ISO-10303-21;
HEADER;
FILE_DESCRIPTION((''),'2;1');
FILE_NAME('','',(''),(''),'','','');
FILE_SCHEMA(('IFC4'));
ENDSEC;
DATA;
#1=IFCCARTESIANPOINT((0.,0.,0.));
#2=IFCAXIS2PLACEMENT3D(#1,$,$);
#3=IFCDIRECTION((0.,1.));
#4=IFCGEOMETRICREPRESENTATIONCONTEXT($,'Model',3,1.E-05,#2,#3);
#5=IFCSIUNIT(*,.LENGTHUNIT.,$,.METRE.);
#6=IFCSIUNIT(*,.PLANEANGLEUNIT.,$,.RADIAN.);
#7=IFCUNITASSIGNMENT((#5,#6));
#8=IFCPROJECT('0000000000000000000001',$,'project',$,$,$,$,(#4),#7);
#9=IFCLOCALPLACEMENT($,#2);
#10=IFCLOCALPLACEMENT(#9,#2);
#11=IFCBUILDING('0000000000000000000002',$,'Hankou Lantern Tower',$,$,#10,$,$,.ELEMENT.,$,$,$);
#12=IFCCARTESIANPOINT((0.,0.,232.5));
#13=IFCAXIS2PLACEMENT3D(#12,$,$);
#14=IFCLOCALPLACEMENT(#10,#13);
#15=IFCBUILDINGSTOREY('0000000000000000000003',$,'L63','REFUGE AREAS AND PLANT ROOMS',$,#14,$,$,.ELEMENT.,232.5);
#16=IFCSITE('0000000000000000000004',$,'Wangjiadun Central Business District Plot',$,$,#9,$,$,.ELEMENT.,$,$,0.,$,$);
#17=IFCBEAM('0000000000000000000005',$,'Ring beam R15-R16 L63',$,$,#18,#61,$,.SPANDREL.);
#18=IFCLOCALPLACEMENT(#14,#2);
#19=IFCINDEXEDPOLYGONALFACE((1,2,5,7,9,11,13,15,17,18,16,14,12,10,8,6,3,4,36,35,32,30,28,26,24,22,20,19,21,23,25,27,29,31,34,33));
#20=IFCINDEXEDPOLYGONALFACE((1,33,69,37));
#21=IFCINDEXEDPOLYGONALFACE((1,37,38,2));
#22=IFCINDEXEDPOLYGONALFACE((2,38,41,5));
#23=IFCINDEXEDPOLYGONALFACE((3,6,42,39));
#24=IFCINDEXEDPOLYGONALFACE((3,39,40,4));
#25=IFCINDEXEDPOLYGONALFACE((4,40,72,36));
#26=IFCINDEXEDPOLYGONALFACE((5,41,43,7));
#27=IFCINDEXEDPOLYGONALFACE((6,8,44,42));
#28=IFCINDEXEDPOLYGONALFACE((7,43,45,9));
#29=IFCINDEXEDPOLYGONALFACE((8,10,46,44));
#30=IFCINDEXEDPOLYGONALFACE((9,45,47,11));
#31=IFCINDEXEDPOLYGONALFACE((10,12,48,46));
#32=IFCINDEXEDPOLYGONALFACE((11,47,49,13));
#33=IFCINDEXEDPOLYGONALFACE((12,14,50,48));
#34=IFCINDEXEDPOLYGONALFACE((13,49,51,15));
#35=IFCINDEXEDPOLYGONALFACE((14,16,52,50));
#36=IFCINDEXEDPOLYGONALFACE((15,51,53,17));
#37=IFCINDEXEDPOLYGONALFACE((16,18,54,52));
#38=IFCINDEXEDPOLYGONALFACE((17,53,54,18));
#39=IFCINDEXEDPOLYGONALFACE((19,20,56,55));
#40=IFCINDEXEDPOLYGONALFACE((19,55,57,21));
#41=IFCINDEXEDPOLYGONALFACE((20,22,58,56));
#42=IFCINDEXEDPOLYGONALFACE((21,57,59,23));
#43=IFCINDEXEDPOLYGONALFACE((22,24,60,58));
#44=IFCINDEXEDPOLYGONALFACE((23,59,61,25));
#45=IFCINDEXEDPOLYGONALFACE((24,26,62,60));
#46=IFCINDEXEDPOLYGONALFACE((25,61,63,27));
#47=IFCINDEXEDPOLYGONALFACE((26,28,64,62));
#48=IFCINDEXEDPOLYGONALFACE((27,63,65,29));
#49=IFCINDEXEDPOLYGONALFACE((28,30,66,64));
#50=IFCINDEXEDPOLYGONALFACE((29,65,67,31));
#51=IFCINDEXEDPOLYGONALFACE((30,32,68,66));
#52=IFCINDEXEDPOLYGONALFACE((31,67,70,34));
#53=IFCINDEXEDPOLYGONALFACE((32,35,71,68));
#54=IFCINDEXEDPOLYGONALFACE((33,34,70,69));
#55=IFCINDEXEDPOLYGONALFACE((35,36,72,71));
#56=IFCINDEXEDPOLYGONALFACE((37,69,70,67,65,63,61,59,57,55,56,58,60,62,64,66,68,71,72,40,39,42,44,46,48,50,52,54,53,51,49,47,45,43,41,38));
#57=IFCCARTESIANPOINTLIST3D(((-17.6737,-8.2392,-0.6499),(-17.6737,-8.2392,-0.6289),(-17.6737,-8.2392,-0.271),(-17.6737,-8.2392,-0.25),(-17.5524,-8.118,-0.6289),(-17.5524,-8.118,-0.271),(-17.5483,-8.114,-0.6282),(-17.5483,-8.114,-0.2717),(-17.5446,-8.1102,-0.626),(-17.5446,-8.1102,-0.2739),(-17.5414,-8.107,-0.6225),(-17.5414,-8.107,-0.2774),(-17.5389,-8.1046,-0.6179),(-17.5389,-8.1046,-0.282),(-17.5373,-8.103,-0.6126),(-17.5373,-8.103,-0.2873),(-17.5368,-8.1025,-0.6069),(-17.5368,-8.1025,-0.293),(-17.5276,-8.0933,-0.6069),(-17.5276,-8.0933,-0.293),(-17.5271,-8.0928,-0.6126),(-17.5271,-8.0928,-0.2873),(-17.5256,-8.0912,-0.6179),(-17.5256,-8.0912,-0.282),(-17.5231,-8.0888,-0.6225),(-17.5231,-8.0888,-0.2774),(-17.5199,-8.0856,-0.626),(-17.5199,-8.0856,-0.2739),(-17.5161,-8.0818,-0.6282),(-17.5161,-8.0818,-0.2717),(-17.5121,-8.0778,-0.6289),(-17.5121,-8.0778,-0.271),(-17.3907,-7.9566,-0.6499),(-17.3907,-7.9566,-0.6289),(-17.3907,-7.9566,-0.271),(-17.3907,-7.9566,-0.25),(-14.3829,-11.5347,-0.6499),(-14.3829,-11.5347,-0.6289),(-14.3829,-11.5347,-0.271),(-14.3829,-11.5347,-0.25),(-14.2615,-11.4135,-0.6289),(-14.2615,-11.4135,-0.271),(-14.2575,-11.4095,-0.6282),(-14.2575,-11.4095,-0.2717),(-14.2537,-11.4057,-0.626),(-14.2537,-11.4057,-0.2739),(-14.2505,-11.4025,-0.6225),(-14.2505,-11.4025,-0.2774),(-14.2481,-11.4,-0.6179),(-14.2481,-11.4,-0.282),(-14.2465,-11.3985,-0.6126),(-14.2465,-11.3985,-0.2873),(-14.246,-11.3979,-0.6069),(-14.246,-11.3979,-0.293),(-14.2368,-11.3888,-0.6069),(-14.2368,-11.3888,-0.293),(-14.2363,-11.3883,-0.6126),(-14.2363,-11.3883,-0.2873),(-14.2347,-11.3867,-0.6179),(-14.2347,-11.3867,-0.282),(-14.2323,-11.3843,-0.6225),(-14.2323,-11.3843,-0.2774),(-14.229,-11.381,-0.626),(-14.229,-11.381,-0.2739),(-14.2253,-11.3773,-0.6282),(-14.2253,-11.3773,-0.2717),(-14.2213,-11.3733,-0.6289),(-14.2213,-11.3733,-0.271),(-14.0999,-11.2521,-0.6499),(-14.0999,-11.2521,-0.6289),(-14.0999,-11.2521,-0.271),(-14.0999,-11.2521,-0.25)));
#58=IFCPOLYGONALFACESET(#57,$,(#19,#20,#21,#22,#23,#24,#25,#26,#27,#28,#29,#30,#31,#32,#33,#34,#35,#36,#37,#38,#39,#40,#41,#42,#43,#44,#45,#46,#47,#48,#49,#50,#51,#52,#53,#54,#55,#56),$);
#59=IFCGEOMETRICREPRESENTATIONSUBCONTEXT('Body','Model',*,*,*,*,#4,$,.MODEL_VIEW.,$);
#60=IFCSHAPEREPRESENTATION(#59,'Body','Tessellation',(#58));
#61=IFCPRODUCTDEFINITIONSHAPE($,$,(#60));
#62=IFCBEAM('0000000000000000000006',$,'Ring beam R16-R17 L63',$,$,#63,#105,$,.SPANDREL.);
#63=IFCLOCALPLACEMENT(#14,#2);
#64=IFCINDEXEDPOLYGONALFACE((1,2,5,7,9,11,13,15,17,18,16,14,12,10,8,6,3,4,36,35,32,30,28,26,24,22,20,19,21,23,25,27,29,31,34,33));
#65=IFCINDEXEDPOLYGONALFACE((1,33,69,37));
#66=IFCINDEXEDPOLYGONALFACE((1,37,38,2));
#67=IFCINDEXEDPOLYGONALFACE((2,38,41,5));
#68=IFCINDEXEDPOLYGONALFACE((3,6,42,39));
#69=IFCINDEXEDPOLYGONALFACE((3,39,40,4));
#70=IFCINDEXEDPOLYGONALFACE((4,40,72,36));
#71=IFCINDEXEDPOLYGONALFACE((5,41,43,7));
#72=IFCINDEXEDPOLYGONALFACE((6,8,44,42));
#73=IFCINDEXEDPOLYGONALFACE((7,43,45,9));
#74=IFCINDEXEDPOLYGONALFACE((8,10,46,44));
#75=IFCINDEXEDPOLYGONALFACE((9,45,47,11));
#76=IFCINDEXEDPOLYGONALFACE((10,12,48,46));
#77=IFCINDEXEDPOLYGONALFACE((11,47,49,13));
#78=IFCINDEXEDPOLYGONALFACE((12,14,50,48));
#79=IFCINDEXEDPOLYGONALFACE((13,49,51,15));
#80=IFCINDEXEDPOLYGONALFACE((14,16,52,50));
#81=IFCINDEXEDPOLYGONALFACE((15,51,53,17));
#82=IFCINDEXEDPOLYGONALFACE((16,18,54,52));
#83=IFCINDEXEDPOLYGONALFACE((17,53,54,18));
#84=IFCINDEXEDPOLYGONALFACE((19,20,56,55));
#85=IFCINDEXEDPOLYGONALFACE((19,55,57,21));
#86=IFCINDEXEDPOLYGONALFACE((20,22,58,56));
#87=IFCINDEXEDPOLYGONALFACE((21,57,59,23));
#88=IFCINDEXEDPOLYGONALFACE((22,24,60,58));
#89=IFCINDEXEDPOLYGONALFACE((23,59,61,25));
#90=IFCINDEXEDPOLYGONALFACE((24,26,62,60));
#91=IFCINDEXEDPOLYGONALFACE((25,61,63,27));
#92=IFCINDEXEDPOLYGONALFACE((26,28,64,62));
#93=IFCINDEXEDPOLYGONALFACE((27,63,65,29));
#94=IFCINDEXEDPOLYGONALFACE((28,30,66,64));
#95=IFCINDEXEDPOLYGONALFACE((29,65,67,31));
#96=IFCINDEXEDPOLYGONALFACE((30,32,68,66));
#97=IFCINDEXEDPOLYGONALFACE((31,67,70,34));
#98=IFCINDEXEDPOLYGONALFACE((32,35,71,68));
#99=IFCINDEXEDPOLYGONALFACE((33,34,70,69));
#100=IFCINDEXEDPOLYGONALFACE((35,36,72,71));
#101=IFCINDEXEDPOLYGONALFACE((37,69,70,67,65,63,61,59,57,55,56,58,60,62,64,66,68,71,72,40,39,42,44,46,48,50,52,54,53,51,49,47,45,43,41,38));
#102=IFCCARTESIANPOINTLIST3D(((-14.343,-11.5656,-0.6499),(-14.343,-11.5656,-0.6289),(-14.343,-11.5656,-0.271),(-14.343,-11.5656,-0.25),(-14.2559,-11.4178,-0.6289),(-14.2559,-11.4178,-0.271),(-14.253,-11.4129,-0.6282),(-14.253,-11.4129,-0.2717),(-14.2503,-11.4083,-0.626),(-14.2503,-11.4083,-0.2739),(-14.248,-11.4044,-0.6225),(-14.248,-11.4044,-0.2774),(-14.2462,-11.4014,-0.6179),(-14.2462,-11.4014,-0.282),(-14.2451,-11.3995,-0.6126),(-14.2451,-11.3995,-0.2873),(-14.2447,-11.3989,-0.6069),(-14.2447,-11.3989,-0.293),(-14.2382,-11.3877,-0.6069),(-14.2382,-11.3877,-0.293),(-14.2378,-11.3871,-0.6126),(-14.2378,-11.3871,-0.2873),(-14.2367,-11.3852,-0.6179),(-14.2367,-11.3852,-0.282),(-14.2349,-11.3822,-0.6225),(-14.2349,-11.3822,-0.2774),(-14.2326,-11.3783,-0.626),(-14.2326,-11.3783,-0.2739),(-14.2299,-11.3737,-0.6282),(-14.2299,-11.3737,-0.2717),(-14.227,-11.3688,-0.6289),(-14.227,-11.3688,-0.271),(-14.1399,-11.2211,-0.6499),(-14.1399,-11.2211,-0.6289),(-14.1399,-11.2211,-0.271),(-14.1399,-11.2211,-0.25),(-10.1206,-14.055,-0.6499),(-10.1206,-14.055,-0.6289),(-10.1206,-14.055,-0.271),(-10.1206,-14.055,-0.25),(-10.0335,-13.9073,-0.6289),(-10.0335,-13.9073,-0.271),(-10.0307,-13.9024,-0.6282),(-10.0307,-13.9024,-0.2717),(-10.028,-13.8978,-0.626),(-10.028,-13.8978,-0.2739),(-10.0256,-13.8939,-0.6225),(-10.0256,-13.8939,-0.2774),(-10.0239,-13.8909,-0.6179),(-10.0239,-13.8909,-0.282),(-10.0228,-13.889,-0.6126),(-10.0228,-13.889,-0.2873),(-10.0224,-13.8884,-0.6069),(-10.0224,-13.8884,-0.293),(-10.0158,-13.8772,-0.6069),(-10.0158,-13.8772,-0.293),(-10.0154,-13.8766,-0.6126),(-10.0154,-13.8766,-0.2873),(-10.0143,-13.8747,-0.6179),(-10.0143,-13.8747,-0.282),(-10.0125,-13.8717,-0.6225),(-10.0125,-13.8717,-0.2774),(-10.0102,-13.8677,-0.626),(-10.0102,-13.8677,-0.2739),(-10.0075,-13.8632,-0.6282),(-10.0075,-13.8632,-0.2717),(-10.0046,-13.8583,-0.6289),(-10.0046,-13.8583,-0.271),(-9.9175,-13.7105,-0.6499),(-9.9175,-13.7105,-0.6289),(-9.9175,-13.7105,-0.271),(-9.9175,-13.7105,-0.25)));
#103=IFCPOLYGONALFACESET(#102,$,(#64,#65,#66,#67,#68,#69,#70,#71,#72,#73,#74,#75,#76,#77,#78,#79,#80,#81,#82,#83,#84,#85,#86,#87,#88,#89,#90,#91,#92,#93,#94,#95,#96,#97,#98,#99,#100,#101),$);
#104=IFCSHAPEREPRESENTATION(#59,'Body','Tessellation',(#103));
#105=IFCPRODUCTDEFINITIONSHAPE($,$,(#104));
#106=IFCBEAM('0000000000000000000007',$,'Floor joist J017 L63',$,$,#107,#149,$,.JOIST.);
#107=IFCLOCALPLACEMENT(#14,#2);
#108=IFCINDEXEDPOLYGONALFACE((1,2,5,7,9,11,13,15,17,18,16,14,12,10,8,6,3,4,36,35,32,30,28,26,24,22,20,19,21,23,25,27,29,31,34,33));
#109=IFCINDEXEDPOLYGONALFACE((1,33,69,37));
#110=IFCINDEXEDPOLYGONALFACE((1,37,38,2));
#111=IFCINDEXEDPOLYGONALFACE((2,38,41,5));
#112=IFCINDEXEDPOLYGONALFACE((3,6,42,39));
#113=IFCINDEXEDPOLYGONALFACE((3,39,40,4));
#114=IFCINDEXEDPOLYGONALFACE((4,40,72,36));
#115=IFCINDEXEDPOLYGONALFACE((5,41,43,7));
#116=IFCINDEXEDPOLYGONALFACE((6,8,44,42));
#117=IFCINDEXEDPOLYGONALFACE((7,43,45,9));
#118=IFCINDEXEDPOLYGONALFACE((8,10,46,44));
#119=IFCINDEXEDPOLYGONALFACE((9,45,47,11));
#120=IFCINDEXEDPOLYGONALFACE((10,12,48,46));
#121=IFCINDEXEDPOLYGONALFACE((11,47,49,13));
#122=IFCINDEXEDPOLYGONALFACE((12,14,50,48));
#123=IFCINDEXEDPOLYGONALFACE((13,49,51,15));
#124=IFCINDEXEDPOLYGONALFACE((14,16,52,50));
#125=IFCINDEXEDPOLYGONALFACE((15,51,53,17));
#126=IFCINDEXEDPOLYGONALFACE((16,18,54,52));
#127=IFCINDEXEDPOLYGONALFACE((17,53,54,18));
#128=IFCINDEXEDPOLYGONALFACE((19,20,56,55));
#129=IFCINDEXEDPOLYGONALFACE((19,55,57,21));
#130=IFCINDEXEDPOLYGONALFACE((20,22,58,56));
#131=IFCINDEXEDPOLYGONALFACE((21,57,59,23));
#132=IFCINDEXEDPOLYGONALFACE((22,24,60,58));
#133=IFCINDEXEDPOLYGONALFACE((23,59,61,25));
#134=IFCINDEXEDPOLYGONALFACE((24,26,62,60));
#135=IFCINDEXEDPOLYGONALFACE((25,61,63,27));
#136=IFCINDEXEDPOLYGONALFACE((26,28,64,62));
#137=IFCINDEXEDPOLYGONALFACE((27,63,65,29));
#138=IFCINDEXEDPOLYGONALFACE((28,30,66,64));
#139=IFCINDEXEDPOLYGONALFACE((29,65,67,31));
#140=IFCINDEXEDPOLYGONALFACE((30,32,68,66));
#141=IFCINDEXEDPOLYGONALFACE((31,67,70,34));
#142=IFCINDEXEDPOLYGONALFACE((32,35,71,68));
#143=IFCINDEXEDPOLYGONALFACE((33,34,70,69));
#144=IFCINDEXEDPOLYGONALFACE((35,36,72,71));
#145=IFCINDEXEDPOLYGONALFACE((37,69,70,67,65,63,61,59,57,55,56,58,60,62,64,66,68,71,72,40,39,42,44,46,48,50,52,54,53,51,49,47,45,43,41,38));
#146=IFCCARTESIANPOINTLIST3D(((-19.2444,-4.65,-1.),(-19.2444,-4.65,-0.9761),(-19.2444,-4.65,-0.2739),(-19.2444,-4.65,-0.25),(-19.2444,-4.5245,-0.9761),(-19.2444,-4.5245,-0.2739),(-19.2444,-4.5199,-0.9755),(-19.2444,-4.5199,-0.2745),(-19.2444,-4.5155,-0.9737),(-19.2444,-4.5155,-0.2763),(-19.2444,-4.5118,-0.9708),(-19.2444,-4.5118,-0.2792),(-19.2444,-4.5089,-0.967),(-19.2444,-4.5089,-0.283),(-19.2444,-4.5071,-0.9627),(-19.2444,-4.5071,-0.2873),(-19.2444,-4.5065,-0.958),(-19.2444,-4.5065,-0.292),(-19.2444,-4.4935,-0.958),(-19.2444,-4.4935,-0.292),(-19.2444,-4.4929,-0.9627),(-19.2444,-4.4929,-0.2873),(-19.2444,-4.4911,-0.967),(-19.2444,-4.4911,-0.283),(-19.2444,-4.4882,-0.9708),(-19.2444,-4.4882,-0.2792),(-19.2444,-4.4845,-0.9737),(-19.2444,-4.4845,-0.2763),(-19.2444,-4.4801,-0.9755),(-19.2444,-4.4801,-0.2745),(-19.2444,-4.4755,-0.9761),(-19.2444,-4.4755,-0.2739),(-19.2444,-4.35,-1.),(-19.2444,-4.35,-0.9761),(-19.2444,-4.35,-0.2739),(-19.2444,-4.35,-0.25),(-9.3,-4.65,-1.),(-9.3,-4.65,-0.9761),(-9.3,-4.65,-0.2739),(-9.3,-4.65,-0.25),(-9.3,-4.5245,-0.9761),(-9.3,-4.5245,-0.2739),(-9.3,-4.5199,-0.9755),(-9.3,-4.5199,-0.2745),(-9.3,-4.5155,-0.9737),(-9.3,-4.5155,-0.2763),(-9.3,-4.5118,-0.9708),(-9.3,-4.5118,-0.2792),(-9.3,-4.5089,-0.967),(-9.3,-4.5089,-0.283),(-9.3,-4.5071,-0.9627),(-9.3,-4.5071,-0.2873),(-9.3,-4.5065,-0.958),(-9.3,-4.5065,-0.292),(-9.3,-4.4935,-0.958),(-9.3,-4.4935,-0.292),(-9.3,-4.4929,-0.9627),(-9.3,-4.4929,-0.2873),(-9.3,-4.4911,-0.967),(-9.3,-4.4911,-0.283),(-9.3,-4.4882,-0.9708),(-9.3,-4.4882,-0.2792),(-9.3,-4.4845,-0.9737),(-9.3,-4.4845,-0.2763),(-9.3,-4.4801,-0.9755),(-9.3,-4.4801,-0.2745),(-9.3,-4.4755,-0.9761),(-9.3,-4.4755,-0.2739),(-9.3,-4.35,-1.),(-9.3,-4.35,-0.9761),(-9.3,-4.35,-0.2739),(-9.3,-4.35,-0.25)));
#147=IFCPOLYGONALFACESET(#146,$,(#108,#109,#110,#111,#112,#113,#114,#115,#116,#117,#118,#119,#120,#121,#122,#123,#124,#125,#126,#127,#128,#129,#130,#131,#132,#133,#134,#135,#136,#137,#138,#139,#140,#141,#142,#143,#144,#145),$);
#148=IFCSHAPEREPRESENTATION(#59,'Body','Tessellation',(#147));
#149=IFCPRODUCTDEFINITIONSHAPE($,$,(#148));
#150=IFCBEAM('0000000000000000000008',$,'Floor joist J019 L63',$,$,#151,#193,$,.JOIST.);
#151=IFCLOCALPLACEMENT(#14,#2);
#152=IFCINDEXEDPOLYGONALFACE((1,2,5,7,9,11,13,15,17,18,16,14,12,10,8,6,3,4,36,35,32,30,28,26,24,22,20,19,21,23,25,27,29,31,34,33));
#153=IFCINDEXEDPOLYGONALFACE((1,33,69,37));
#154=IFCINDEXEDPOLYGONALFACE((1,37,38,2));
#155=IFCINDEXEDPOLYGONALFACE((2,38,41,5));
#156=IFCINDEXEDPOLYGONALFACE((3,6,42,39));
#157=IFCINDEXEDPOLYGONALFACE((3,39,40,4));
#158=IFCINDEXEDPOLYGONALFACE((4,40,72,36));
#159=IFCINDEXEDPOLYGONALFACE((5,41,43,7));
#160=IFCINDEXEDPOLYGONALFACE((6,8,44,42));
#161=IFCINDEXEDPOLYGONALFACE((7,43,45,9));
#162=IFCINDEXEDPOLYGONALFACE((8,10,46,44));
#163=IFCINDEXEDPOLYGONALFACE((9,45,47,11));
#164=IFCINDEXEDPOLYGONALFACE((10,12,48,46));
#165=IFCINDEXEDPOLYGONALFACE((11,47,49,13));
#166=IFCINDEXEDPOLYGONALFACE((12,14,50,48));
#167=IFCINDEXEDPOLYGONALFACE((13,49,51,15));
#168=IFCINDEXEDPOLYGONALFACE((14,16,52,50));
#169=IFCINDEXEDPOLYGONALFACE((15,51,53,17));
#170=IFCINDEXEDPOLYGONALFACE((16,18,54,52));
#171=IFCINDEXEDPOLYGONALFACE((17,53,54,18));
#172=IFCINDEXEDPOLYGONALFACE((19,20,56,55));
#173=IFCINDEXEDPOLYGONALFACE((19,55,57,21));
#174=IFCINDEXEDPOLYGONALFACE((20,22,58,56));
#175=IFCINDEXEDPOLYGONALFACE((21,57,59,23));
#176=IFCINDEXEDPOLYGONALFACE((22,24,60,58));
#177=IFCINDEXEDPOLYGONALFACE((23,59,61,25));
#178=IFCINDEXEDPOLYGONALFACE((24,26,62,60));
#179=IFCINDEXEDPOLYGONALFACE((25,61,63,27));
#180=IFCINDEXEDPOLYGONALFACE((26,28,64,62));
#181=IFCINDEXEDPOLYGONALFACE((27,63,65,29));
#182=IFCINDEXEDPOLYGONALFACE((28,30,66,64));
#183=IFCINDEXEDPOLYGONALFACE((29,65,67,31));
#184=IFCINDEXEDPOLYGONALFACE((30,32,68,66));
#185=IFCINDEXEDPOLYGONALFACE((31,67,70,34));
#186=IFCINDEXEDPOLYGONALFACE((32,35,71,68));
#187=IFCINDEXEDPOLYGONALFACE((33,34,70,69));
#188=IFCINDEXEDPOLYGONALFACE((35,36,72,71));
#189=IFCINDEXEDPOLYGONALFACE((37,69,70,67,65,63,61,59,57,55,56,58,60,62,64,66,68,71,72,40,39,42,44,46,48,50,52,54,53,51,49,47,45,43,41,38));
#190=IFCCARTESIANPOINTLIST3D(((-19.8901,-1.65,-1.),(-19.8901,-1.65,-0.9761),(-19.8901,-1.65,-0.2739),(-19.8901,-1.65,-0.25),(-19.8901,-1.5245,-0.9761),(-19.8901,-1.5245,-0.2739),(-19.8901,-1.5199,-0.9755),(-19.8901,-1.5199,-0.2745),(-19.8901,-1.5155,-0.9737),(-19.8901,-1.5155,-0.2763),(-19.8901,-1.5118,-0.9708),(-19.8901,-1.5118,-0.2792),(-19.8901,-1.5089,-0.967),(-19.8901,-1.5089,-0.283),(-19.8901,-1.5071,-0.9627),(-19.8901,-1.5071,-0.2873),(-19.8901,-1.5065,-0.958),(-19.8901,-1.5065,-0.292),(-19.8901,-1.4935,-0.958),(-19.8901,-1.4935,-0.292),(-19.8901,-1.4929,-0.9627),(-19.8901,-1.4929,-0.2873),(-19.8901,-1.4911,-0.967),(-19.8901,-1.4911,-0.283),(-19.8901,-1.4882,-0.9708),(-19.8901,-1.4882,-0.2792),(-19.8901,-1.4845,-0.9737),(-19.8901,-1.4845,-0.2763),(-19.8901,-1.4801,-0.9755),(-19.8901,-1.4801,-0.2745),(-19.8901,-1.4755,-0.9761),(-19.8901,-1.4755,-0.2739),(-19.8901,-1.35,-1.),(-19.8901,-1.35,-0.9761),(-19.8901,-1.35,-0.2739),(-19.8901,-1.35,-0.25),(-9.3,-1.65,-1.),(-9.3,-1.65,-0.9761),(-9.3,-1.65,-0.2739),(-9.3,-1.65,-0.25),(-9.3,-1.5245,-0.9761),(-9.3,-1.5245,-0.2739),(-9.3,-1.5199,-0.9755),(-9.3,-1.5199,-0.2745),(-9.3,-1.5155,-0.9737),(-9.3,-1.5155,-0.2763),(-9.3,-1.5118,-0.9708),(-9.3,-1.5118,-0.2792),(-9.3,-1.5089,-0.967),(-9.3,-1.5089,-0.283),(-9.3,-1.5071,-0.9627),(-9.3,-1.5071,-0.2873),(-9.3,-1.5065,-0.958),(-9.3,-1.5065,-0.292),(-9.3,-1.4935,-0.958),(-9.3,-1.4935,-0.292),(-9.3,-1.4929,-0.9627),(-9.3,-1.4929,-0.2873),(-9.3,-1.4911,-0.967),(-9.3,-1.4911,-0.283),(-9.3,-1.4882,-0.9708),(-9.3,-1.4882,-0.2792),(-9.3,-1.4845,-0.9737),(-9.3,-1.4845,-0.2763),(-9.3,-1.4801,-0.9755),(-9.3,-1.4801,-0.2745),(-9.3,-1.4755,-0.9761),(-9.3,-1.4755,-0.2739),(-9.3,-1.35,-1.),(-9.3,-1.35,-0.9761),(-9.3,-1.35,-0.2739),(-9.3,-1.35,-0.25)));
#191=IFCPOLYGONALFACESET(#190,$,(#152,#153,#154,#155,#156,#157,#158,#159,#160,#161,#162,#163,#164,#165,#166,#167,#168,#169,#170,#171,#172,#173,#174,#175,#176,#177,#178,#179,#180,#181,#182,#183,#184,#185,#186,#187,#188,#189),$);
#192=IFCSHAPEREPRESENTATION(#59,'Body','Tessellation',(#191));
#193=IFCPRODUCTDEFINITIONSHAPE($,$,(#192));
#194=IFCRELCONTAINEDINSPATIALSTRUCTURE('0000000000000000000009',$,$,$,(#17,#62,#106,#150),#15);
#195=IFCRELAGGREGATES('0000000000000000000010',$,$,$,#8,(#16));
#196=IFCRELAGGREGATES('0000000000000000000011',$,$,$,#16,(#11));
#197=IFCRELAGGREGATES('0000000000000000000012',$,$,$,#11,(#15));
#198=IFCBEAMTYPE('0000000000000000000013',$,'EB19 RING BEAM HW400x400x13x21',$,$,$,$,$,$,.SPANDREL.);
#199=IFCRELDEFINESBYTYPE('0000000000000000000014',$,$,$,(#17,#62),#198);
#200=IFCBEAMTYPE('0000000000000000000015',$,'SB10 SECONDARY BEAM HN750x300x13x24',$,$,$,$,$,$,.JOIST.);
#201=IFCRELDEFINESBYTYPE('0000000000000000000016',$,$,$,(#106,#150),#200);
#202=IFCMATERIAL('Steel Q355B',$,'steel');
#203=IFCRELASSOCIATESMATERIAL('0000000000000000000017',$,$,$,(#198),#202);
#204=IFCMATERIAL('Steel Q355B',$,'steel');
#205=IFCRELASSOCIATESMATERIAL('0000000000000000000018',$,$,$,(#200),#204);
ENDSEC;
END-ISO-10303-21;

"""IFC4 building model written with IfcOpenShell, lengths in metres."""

from ifc_helpers import new_model, si_unit, direction, frame, origin, origin_2d, place, context, subcontext, project, spatial, i_section, extrude, material, material_profile, profile_set, type_object, element, save


model = new_model("IFC4")

# Units and contexts
model_context = context("Model", 3, precision=1e-05, world=origin(), true_north=direction((0.0, 1.0)))
body_context = subcontext(model_context, "Body", "Model", "MODEL_VIEW")
ifc_project = project(units=[si_unit("LENGTHUNIT", "METRE"), si_unit("PLANEANGLEUNIT", "RADIAN")], contexts=[model_context])

# Site, building, storey
site_placement = place(None, origin())
site = spatial("IfcSite", under=ifc_project, at=site_placement, Name="Wangjiadun Central Business District Plot", CompositionType="ELEMENT", RefElevation=0.0)
building_placement = place(site_placement, origin())
building = spatial("IfcBuilding", under=site, at=building_placement, Name="Hankou Lantern Tower", CompositionType="ELEMENT")
storey_placement = place(building_placement, frame((0.0, 0.0, 232.5)))
storey = spatial("IfcBuildingStorey", under=building, at=storey_placement, Name="L63", Description="REFUGE AREAS AND PLANT ROOMS", CompositionType="ELEMENT", Elevation=232.5)

# Beams
ifc_material_1 = material(Name="Steel Q355B", Category="steel")
ifc_material_profile_1 = material_profile(ifc_material_1, i_section(OverallWidth=0.3999, OverallDepth=0.3999, WebThickness=0.0129, FlangeThickness=0.021, FilletRadius=0.022, at=origin_2d()), Name="HW400x400x13x21")
ifc_profile_set_1 = profile_set([ifc_material_profile_1], Name="Steel Q355B")
beam_type_1 = type_object("IfcBeamType", Name="EB19 RING BEAM HW400x400x13x21", PredefinedType="SPANDREL", material=ifc_profile_set_1)
beam_1_placement = place(storey_placement, frame((-17.5322, -8.0979, -0.45), z_axis=(0.706609, -0.707605, 0.0), x_axis=(0.707605, 0.706609, 0.0)))
element("IfcBeam", 1, at=beam_1_placement, inside=storey, type_object=beam_type_1, Name="Ring beam R15-R16 L63", PredefinedType="SPANDREL", context=body_context, shape_type="SweptSolid", body=[
    extrude(i_section(OverallWidth=0.3999, OverallDepth=0.3999, WebThickness=0.0129, FlangeThickness=0.021, FilletRadius=0.022, at=origin_2d()), origin(), (0.0, 0.0, 1.0), 4.6572),
])
beam_2_placement = place(storey_placement, frame((-14.2415, -11.3933, -0.45), z_axis=(0.861423, -0.507888, 0.0), x_axis=(0.507888, 0.861423, 0.0)))
element("IfcBeam", 2, at=beam_2_placement, inside=storey, type_object=beam_type_1, Name="Ring beam R16-R17 L63", PredefinedType="SPANDREL", context=body_context, shape_type="SweptSolid", body=[
    extrude(i_section(OverallWidth=0.3999, OverallDepth=0.3999, WebThickness=0.0129, FlangeThickness=0.021, FilletRadius=0.022, at=origin_2d()), origin(), (0.0, 0.0, 1.0), 4.9016),
])
ifc_material_2 = material(Name="Steel Q355B", Category="steel")
ifc_material_profile_2 = material_profile(ifc_material_2, i_section(OverallWidth=0.3, OverallDepth=0.75, WebThickness=0.0129, FlangeThickness=0.0239, FilletRadius=0.0181, at=origin_2d()), Name="HN750x300x13x24")
ifc_profile_set_2 = profile_set([ifc_material_profile_2], Name="Steel Q355B")
beam_type_2 = type_object("IfcBeamType", Name="SB10 SECONDARY BEAM HN750x300x13x24", PredefinedType="JOIST", material=ifc_profile_set_2)
beam_3_placement = place(storey_placement, frame((-19.2444, -4.5, -0.625), z_axis=(1.0, 0.0, 0.0), x_axis=(0.0, 1.0, 0.0)))
element("IfcBeam", 3, at=beam_3_placement, inside=storey, type_object=beam_type_2, Name="Floor joist J017 L63", PredefinedType="JOIST", context=body_context, shape_type="SweptSolid", body=[
    extrude(i_section(OverallWidth=0.3, OverallDepth=0.75, WebThickness=0.0129, FlangeThickness=0.0239, FilletRadius=0.0181, at=origin_2d()), origin(), (0.0, 0.0, 1.0), 9.9443),
])
beam_4_placement = place(storey_placement, frame((-19.8901, -1.5, -0.625), z_axis=(1.0, 0.0, 0.0), x_axis=(0.0, 1.0, 0.0)))
element("IfcBeam", 4, at=beam_4_placement, inside=storey, type_object=beam_type_2, Name="Floor joist J019 L63", PredefinedType="JOIST", context=body_context, shape_type="SweptSolid", body=[
    extrude(i_section(OverallWidth=0.3, OverallDepth=0.75, WebThickness=0.0129, FlangeThickness=0.0239, FilletRadius=0.0181, at=origin_2d()), origin(), (0.0, 0.0, 1.0), 10.5901),
])

save(model, "model.ifc")
